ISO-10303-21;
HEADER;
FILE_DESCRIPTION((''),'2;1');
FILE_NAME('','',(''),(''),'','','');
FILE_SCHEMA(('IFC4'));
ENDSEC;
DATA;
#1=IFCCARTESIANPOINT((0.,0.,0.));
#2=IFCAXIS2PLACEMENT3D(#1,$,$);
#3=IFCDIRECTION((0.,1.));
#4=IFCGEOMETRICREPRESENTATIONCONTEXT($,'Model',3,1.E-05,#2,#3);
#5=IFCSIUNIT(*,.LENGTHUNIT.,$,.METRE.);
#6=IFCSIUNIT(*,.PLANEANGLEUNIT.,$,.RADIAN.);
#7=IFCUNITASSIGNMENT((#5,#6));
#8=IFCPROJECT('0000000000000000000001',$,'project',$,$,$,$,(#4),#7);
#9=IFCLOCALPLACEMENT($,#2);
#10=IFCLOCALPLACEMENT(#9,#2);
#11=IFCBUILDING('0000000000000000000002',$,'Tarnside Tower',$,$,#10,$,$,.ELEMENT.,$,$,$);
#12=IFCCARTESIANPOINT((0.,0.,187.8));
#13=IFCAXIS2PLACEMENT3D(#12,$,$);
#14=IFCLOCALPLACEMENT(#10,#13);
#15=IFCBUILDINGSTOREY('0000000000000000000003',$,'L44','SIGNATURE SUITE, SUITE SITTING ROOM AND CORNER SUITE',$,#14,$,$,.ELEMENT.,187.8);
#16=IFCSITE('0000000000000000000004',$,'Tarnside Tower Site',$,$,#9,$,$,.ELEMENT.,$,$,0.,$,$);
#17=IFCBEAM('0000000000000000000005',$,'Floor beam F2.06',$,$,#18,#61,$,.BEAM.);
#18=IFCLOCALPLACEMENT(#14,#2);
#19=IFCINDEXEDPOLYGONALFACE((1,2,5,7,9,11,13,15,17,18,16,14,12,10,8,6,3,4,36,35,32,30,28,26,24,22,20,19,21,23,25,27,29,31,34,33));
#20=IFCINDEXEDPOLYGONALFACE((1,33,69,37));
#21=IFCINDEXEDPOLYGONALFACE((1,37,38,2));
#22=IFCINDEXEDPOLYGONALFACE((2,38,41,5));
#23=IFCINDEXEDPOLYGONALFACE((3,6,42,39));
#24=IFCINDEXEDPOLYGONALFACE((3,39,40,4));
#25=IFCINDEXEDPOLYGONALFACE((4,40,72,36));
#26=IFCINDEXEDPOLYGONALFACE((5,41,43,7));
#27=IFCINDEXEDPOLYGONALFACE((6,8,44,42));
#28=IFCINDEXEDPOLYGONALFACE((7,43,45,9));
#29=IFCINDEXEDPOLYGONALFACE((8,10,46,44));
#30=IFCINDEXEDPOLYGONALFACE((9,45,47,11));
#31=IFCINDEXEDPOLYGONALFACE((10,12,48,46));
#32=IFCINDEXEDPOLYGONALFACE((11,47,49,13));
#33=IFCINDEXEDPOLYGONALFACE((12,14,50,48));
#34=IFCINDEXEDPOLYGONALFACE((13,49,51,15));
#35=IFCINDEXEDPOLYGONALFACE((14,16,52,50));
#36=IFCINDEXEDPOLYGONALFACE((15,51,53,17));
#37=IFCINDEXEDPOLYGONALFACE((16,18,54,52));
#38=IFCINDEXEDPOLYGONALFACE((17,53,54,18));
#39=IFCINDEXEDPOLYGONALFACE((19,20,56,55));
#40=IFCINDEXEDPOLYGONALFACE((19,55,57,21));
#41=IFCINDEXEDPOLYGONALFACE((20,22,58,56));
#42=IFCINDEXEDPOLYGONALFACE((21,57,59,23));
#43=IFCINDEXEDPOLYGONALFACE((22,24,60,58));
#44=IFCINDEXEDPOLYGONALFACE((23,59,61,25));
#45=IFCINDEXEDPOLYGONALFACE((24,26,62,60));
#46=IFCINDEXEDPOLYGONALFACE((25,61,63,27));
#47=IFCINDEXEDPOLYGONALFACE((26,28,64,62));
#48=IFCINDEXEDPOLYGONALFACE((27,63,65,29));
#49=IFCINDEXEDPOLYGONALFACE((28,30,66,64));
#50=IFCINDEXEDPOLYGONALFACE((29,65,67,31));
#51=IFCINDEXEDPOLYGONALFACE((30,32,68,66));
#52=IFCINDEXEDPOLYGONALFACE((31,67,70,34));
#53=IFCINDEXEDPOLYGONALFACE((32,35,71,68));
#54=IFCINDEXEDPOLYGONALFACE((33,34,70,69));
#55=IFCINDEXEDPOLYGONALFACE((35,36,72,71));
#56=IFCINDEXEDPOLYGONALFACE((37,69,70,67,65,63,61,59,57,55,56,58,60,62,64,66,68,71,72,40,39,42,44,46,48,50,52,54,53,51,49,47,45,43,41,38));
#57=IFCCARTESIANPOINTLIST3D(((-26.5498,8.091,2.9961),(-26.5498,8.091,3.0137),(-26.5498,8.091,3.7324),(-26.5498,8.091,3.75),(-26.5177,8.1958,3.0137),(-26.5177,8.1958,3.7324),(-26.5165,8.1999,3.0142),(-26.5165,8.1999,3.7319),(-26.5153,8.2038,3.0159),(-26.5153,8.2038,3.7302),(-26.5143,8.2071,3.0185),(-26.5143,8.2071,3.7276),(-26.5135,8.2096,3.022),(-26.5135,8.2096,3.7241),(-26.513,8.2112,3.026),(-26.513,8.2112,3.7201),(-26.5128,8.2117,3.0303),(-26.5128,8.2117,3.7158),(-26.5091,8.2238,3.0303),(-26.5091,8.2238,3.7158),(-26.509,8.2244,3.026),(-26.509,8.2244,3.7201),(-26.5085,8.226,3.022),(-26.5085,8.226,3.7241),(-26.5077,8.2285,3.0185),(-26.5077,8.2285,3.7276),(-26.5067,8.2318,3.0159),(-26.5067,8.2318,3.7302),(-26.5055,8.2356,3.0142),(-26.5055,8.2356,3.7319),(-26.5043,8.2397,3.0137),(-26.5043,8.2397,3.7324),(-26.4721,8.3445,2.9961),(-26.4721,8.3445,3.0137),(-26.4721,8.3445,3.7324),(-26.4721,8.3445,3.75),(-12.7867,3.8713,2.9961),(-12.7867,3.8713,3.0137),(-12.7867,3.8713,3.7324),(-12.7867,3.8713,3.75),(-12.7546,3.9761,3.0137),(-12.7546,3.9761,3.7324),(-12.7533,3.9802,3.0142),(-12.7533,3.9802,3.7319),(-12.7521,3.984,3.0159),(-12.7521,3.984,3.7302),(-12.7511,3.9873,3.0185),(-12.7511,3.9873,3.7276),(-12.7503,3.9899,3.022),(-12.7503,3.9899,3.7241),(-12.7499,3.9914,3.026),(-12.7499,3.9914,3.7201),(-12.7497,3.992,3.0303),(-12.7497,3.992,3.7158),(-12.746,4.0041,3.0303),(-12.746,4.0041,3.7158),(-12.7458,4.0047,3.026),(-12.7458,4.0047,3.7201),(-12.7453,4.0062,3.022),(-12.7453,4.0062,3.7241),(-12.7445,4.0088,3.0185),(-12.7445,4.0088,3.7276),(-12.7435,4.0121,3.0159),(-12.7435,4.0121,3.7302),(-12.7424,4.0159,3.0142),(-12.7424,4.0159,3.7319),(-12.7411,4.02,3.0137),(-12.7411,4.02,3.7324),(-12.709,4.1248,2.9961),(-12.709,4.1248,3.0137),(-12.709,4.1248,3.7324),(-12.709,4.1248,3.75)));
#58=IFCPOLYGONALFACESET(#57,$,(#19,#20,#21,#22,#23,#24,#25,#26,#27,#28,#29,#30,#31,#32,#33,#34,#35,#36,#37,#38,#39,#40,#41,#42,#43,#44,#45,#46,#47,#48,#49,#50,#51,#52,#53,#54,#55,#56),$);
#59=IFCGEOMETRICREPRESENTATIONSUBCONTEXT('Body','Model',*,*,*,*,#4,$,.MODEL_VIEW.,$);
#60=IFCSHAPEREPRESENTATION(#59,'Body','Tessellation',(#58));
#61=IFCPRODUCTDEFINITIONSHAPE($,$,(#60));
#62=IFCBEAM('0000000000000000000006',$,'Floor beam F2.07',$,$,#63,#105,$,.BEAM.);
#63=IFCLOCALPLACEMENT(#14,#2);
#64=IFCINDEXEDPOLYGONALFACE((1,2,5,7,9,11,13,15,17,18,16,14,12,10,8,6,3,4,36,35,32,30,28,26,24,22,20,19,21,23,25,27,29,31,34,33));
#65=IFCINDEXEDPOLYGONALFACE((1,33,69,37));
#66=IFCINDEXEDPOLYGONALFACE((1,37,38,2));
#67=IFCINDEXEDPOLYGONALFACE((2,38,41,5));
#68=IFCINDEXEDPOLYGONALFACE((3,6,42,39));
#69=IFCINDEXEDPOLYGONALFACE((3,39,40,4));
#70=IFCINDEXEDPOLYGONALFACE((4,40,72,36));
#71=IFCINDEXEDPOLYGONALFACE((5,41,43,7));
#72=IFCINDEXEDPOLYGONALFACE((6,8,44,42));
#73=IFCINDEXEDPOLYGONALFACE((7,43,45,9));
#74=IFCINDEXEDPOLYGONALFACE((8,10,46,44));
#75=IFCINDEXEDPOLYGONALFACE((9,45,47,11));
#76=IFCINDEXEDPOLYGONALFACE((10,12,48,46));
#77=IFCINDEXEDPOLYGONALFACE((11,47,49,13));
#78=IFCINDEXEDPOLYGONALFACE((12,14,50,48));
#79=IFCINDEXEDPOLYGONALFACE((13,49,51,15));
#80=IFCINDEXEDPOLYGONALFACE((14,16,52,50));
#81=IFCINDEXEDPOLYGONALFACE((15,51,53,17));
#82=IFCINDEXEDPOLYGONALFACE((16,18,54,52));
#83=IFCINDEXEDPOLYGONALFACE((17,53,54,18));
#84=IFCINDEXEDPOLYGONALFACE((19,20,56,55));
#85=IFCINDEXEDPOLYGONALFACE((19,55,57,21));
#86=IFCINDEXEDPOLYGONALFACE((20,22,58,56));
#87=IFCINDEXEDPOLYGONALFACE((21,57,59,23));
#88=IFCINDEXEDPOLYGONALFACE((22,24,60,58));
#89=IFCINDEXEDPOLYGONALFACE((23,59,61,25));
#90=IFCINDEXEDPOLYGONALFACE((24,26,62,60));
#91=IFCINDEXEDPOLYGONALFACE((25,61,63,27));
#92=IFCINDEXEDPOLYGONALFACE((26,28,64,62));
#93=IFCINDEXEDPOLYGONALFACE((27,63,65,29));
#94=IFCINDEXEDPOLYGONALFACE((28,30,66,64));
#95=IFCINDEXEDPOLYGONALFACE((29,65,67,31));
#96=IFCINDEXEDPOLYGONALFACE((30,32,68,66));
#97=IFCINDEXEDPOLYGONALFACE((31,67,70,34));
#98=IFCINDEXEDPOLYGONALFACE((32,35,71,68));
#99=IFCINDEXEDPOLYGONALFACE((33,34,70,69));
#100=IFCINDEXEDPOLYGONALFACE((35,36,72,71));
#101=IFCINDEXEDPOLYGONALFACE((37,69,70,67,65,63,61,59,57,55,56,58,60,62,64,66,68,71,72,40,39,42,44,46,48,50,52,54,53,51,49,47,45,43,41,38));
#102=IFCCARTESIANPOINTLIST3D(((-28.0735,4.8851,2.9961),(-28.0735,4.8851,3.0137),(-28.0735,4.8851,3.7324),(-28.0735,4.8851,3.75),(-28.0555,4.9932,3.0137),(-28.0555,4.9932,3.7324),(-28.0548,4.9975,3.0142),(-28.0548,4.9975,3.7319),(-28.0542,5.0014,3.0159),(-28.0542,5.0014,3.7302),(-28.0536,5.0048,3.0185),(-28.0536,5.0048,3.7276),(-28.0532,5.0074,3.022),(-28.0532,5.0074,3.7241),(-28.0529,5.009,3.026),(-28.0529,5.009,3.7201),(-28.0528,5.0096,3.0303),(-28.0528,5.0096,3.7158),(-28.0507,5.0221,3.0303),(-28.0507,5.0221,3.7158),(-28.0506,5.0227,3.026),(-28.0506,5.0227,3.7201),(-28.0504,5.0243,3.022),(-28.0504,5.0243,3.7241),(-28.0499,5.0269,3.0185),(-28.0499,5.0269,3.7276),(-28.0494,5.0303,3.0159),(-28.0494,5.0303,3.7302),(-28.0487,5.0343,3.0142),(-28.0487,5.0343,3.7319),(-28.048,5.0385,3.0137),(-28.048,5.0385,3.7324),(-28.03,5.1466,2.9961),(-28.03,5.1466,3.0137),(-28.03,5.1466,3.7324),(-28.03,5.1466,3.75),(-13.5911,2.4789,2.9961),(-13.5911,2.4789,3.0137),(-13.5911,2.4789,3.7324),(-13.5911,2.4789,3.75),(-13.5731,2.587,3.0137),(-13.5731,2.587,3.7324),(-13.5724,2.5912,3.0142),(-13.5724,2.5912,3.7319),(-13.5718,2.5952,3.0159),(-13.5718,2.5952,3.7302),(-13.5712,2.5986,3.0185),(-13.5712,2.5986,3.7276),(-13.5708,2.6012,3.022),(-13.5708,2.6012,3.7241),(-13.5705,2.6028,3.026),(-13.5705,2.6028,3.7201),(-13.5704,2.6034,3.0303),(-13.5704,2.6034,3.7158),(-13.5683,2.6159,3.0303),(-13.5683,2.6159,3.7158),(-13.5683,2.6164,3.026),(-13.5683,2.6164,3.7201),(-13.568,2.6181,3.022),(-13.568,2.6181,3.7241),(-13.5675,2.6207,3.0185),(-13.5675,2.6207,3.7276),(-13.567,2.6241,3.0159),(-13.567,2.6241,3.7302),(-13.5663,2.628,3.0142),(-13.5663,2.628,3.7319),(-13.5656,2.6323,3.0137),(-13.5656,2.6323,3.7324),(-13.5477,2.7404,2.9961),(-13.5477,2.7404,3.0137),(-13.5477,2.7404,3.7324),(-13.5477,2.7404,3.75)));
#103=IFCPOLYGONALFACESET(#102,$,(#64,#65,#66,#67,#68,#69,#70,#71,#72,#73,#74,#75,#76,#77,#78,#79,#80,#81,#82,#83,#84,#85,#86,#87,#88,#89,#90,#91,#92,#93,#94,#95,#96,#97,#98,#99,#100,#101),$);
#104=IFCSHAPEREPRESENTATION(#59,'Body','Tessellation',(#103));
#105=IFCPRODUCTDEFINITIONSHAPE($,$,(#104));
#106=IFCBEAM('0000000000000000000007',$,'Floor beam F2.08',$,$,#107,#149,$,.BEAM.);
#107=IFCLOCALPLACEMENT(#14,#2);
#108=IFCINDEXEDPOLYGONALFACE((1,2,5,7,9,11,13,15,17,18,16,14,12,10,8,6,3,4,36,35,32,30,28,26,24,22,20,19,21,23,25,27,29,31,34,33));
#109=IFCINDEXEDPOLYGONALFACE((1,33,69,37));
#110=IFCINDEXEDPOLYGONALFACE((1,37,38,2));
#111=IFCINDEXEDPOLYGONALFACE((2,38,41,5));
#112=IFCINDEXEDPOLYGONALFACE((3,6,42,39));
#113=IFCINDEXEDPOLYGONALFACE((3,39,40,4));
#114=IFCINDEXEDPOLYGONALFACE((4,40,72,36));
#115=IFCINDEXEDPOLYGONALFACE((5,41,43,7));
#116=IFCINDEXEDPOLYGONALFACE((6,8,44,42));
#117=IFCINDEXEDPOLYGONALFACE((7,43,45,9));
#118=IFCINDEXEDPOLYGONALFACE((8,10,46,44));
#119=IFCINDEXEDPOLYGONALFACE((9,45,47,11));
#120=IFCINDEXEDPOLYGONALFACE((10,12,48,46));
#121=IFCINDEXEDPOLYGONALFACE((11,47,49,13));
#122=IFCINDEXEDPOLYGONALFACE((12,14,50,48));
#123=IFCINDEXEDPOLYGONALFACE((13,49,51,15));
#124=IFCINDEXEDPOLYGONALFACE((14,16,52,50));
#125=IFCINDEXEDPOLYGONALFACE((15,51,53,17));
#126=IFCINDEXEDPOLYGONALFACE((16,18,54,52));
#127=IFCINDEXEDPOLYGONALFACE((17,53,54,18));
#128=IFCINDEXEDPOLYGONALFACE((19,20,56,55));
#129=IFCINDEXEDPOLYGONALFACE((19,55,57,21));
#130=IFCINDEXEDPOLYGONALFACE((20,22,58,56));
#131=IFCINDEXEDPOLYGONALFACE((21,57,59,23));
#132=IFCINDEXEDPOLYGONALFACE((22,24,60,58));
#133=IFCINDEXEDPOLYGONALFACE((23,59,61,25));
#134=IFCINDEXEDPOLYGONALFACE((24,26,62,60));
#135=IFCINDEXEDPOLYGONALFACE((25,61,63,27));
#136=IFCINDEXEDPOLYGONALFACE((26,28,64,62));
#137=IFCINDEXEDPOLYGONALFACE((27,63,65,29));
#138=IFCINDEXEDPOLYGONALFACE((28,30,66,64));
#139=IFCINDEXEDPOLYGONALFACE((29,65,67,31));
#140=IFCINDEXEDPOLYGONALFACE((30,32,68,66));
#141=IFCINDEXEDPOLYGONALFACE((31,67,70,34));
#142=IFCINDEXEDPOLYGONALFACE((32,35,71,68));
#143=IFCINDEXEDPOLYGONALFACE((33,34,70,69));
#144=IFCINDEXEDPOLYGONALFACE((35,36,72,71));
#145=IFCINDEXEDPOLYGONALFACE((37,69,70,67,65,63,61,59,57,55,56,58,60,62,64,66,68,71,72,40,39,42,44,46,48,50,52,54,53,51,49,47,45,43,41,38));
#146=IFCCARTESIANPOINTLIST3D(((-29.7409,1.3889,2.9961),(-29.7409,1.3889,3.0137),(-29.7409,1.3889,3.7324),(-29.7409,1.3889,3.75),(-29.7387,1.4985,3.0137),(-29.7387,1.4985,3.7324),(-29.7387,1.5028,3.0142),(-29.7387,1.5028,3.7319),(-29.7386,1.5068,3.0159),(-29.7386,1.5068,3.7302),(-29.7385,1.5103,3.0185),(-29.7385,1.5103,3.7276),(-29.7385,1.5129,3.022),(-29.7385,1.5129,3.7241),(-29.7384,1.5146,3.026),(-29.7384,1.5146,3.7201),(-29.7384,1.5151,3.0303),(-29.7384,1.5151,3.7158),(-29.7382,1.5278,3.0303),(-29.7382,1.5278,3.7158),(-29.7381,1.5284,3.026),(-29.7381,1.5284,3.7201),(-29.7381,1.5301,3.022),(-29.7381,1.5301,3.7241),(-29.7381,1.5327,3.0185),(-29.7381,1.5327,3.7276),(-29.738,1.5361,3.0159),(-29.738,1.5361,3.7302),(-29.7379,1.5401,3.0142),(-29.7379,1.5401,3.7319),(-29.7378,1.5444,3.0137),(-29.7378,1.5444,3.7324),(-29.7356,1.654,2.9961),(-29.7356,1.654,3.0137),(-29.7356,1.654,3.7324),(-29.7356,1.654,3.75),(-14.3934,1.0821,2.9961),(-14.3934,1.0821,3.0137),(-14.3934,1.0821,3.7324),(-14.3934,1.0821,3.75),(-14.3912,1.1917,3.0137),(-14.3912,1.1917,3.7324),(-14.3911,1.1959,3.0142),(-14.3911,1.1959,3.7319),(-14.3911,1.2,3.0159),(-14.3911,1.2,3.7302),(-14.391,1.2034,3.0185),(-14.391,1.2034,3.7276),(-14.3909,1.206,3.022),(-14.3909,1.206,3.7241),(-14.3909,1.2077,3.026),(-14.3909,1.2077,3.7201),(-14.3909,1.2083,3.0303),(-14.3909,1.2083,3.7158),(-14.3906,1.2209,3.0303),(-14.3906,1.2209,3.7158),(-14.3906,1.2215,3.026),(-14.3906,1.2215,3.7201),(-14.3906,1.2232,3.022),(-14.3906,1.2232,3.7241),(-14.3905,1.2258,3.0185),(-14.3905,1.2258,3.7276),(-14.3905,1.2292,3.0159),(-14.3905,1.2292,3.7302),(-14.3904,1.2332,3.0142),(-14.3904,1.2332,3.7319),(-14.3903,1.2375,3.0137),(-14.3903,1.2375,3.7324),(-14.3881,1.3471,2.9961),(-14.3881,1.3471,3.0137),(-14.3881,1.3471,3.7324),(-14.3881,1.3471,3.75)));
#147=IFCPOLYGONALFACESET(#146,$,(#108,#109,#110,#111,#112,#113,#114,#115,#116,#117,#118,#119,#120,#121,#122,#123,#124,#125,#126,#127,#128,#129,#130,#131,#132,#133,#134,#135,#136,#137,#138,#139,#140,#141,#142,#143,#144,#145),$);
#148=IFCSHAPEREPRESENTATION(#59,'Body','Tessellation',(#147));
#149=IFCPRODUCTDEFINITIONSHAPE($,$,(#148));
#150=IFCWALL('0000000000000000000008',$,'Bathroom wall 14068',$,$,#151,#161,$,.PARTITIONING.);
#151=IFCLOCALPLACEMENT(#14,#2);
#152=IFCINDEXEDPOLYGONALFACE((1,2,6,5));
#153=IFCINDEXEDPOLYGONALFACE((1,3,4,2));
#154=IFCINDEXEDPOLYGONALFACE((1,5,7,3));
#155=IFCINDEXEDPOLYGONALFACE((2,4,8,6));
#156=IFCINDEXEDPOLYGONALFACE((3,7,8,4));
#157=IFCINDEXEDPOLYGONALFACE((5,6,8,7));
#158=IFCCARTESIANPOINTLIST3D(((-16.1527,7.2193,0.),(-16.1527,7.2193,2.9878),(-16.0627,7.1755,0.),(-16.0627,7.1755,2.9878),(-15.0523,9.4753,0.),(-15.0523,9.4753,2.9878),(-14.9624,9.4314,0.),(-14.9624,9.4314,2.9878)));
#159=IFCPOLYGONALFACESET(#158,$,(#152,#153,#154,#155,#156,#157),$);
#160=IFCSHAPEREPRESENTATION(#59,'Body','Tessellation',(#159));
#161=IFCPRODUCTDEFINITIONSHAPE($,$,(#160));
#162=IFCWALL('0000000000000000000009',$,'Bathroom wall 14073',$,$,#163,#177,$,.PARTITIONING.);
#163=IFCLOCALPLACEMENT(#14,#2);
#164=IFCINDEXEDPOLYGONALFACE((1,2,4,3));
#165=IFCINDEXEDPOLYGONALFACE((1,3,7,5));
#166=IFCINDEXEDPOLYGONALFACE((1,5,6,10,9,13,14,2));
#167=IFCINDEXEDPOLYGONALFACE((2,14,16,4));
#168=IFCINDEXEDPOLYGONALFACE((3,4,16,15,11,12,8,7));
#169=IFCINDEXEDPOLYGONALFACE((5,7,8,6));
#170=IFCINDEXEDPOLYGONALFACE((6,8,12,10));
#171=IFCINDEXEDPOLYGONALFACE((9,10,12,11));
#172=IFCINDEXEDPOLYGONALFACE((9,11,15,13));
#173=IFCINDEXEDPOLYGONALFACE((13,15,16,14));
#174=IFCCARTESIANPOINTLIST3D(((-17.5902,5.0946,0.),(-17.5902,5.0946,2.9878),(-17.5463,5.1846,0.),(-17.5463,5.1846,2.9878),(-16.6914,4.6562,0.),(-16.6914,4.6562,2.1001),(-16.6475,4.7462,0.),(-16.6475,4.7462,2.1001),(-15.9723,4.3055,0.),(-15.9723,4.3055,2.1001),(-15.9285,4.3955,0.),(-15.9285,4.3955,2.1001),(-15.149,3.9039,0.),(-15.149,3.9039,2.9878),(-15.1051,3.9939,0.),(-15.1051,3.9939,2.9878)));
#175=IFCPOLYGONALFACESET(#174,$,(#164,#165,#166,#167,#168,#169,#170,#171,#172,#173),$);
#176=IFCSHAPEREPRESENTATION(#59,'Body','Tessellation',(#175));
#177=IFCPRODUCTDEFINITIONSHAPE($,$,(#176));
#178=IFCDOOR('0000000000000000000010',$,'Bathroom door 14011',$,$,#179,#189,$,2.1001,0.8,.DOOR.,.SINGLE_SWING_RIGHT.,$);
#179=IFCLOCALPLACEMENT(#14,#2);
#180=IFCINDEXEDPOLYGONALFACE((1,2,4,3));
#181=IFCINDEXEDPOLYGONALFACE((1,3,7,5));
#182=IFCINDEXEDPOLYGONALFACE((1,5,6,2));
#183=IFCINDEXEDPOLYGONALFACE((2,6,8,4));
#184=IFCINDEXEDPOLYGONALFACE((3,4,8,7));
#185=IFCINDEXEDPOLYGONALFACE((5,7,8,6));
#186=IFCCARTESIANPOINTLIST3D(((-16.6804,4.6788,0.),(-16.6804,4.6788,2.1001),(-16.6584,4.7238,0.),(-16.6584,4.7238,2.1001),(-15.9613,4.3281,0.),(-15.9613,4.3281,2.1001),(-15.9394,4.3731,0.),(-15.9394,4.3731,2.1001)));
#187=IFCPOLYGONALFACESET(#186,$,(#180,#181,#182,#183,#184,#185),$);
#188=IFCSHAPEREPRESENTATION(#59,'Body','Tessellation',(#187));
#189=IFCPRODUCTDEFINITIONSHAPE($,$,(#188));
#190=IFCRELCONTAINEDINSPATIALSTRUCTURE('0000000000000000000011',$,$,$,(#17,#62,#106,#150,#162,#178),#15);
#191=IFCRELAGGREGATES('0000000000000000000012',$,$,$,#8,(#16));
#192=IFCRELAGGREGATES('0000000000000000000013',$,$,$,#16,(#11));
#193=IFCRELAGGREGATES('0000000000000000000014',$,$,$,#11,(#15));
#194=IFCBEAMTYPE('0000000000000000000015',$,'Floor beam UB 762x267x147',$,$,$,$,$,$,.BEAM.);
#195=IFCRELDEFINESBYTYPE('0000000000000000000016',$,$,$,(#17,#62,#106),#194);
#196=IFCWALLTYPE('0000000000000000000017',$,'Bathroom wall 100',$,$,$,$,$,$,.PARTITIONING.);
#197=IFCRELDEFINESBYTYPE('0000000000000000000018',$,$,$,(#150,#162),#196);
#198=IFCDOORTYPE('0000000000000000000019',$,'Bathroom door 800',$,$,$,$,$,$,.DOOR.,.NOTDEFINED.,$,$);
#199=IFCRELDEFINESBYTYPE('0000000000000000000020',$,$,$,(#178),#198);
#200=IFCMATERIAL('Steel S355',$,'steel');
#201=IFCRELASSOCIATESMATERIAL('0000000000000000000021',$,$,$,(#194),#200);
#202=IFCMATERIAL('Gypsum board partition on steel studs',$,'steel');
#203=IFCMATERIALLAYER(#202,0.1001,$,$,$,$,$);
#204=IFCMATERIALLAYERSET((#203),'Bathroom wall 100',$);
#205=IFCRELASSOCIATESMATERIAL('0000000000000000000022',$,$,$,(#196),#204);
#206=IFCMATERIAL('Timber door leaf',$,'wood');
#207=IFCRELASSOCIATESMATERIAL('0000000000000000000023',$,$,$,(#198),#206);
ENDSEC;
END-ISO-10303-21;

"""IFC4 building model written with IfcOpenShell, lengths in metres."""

from ifc_helpers import new_model, si_unit, direction, frame, frame_2d, origin, origin_2d, place, context, subcontext, project, spatial, rectangle, i_section, extrude, material, layer, layer_set, material_profile, profile_set, type_object, element, fill, save


model = new_model("IFC4")

# Units and contexts
model_context = context("Model", 3, precision=1e-05, world=origin(), true_north=direction((0.0, 1.0)))
body_context = subcontext(model_context, "Body", "Model", "MODEL_VIEW")
ifc_project = project(units=[si_unit("LENGTHUNIT", "METRE"), si_unit("PLANEANGLEUNIT", "RADIAN")], contexts=[model_context])

# Site, building, storey
site_placement = place(None, origin())
site = spatial("IfcSite", under=ifc_project, at=site_placement, Name="Tarnside Tower Site", CompositionType="ELEMENT", RefElevation=0.0)
building_placement = place(site_placement, origin())
building = spatial("IfcBuilding", under=site, at=building_placement, Name="Tarnside Tower", CompositionType="ELEMENT")
storey_placement = place(building_placement, frame((0.0, 0.0, 187.8)))
storey = spatial("IfcBuildingStorey", under=building, at=storey_placement, Name="L44", Description="SIGNATURE SUITE, SUITE SITTING ROOM AND CORNER SUITE", CompositionType="ELEMENT", Elevation=187.8)

# Beams
ifc_material_1 = material(Name="Steel S355", Category="steel")
ifc_material_profile = material_profile(ifc_material_1, i_section(OverallWidth=0.2651, OverallDepth=0.7539, WebThickness=0.0127, FlangeThickness=0.0176, FilletRadius=0.0166, at=origin_2d()), Name="UB 762x267x147")
ifc_profile_set = profile_set([ifc_material_profile], Name="Steel S355")
beam_type = type_object("IfcBeamType", Name="Floor beam UB 762x267x147", PredefinedType="BEAM", material=ifc_profile_set)
beam_1_placement = place(storey_placement, frame((-26.511, 8.2178, 3.373), z_axis=(0.956073, -0.293128, 0.0), x_axis=(0.293128, 0.956073, 0.0)))
element("IfcBeam", 1, at=beam_1_placement, inside=storey, type_object=beam_type, Name="Floor beam F2.06", PredefinedType="BEAM", context=body_context, shape_type="SweptSolid", body=[
    extrude(i_section(OverallWidth=0.2651, OverallDepth=0.7539, WebThickness=0.0127, FlangeThickness=0.0176, FilletRadius=0.0166, at=origin_2d()), origin(), (0.0, 0.0, 1.0), 14.3955),
])
beam_2_placement = place(storey_placement, frame((-28.0518, 5.0159, 3.373), z_axis=(0.986476, -0.163903, 0.0), x_axis=(0.163903, 0.986476, 0.0)))
element("IfcBeam", 2, at=beam_2_placement, inside=storey, type_object=beam_type, Name="Floor beam F2.07", PredefinedType="BEAM", context=body_context, shape_type="SweptSolid", body=[
    extrude(i_section(OverallWidth=0.2651, OverallDepth=0.7539, WebThickness=0.0127, FlangeThickness=0.0176, FilletRadius=0.0166, at=origin_2d()), origin(), (0.0, 0.0, 1.0), 14.6809),
])
beam_3_placement = place(storey_placement, frame((-29.7383, 1.5215, 3.373), z_axis=(0.9998, -0.019992, 0.0), x_axis=(0.019992, 0.9998, 0.0)))
element("IfcBeam", 3, at=beam_3_placement, inside=storey, type_object=beam_type, Name="Floor beam F2.08", PredefinedType="BEAM", context=body_context, shape_type="SweptSolid", body=[
    extrude(i_section(OverallWidth=0.2651, OverallDepth=0.7539, WebThickness=0.0127, FlangeThickness=0.0176, FilletRadius=0.0166, at=origin_2d()), origin(), (0.0, 0.0, 1.0), 15.3506),
])

# Wall
ifc_material_2 = material(Name="Gypsum board partition on steel studs", Category="steel")
ifc_layer_1 = layer(ifc_material_2, 0.1001)
ifc_layer_set_1 = layer_set([ifc_layer_1], Name="Bathroom wall 100")
wall_type_1 = type_object("IfcWallType", Name="Bathroom wall 100", PredefinedType="PARTITIONING", material=ifc_layer_set_1)
wall_1_placement = place(storey_placement, frame((-16.1077, 7.1975, 0.0), z_axis=(0.0, 0.0, 1.0), x_axis=(0.438399, 0.898781, 0.0)))
element("IfcWall", 4, at=wall_1_placement, inside=storey, type_object=wall_type_1, Name="Bathroom wall 14068", PredefinedType="PARTITIONING", context=body_context, shape_type="SweptSolid", body=[
    extrude(rectangle(XDim=2.51, YDim=0.1001, at=frame_2d((1.2549, 0.0))), origin(), (0.0, 0.0, 1.0), 2.9878),
])

# Wall, opening, door
wall_2_placement = place(storey_placement, frame((-15.1272, 3.949, 0.0), z_axis=(0.0, 0.0, 1.0), x_axis=(-0.898788, 0.438383, 0.0)))
wall_2 = element("IfcWall", 5, at=wall_2_placement, inside=storey, type_object=wall_type_1, Name="Bathroom wall 14073", PredefinedType="PARTITIONING", context=body_context, shape_type="SweptSolid", body=[
    extrude(rectangle(XDim=2.7161, YDim=0.1001, at=frame_2d((1.3579, 0.0))), origin(), (0.0, 0.0, 1.0), 2.9878),
])
opening_1_placement = place(wall_2_placement, frame((0.916, 0.0, 0.0)))
opening_1 = element("IfcOpeningElement", 6, at=opening_1_placement, cuts=wall_2, PredefinedType="OPENING", context=body_context, shape_type="SweptSolid", body=[
    extrude(rectangle(XDim=0.8, YDim=2.1001, at=frame_2d((0.3999, 1.05))), frame((0.0, 0.0601, 0.0), z_axis=(0.0, -1.0, 0.0), x_axis=(1.0, 0.0, 0.0)), (0.0, 0.0, 1.0), 0.1201),
])
ifc_material_3 = material(Name="Timber door leaf", Category="wood")
door_type_1 = type_object("IfcDoorType", Name="Bathroom door 800", OperationType="NOTDEFINED", PredefinedType="DOOR", material=ifc_material_3)
door_1_placement = place(opening_1_placement, origin())
door_1 = element("IfcDoor", 7, at=door_1_placement, inside=storey, type_object=door_type_1, Name="Bathroom door 14011", OperationType="SINGLE_SWING_RIGHT", OverallHeight=2.1001, OverallWidth=0.8, PredefinedType="DOOR", context=body_context, shape_type="SweptSolid", body=[
    extrude(rectangle(XDim=0.8, YDim=2.1001, at=frame_2d((0.3999, 1.05))), frame((0.0, 0.0249, 0.0), z_axis=(0.0, -1.0, 0.0), x_axis=(1.0, 0.0, 0.0)), (0.0, 0.0, 1.0), 0.05),
])
fill(opening_1, door_1)

save(model, "model.ifc")
